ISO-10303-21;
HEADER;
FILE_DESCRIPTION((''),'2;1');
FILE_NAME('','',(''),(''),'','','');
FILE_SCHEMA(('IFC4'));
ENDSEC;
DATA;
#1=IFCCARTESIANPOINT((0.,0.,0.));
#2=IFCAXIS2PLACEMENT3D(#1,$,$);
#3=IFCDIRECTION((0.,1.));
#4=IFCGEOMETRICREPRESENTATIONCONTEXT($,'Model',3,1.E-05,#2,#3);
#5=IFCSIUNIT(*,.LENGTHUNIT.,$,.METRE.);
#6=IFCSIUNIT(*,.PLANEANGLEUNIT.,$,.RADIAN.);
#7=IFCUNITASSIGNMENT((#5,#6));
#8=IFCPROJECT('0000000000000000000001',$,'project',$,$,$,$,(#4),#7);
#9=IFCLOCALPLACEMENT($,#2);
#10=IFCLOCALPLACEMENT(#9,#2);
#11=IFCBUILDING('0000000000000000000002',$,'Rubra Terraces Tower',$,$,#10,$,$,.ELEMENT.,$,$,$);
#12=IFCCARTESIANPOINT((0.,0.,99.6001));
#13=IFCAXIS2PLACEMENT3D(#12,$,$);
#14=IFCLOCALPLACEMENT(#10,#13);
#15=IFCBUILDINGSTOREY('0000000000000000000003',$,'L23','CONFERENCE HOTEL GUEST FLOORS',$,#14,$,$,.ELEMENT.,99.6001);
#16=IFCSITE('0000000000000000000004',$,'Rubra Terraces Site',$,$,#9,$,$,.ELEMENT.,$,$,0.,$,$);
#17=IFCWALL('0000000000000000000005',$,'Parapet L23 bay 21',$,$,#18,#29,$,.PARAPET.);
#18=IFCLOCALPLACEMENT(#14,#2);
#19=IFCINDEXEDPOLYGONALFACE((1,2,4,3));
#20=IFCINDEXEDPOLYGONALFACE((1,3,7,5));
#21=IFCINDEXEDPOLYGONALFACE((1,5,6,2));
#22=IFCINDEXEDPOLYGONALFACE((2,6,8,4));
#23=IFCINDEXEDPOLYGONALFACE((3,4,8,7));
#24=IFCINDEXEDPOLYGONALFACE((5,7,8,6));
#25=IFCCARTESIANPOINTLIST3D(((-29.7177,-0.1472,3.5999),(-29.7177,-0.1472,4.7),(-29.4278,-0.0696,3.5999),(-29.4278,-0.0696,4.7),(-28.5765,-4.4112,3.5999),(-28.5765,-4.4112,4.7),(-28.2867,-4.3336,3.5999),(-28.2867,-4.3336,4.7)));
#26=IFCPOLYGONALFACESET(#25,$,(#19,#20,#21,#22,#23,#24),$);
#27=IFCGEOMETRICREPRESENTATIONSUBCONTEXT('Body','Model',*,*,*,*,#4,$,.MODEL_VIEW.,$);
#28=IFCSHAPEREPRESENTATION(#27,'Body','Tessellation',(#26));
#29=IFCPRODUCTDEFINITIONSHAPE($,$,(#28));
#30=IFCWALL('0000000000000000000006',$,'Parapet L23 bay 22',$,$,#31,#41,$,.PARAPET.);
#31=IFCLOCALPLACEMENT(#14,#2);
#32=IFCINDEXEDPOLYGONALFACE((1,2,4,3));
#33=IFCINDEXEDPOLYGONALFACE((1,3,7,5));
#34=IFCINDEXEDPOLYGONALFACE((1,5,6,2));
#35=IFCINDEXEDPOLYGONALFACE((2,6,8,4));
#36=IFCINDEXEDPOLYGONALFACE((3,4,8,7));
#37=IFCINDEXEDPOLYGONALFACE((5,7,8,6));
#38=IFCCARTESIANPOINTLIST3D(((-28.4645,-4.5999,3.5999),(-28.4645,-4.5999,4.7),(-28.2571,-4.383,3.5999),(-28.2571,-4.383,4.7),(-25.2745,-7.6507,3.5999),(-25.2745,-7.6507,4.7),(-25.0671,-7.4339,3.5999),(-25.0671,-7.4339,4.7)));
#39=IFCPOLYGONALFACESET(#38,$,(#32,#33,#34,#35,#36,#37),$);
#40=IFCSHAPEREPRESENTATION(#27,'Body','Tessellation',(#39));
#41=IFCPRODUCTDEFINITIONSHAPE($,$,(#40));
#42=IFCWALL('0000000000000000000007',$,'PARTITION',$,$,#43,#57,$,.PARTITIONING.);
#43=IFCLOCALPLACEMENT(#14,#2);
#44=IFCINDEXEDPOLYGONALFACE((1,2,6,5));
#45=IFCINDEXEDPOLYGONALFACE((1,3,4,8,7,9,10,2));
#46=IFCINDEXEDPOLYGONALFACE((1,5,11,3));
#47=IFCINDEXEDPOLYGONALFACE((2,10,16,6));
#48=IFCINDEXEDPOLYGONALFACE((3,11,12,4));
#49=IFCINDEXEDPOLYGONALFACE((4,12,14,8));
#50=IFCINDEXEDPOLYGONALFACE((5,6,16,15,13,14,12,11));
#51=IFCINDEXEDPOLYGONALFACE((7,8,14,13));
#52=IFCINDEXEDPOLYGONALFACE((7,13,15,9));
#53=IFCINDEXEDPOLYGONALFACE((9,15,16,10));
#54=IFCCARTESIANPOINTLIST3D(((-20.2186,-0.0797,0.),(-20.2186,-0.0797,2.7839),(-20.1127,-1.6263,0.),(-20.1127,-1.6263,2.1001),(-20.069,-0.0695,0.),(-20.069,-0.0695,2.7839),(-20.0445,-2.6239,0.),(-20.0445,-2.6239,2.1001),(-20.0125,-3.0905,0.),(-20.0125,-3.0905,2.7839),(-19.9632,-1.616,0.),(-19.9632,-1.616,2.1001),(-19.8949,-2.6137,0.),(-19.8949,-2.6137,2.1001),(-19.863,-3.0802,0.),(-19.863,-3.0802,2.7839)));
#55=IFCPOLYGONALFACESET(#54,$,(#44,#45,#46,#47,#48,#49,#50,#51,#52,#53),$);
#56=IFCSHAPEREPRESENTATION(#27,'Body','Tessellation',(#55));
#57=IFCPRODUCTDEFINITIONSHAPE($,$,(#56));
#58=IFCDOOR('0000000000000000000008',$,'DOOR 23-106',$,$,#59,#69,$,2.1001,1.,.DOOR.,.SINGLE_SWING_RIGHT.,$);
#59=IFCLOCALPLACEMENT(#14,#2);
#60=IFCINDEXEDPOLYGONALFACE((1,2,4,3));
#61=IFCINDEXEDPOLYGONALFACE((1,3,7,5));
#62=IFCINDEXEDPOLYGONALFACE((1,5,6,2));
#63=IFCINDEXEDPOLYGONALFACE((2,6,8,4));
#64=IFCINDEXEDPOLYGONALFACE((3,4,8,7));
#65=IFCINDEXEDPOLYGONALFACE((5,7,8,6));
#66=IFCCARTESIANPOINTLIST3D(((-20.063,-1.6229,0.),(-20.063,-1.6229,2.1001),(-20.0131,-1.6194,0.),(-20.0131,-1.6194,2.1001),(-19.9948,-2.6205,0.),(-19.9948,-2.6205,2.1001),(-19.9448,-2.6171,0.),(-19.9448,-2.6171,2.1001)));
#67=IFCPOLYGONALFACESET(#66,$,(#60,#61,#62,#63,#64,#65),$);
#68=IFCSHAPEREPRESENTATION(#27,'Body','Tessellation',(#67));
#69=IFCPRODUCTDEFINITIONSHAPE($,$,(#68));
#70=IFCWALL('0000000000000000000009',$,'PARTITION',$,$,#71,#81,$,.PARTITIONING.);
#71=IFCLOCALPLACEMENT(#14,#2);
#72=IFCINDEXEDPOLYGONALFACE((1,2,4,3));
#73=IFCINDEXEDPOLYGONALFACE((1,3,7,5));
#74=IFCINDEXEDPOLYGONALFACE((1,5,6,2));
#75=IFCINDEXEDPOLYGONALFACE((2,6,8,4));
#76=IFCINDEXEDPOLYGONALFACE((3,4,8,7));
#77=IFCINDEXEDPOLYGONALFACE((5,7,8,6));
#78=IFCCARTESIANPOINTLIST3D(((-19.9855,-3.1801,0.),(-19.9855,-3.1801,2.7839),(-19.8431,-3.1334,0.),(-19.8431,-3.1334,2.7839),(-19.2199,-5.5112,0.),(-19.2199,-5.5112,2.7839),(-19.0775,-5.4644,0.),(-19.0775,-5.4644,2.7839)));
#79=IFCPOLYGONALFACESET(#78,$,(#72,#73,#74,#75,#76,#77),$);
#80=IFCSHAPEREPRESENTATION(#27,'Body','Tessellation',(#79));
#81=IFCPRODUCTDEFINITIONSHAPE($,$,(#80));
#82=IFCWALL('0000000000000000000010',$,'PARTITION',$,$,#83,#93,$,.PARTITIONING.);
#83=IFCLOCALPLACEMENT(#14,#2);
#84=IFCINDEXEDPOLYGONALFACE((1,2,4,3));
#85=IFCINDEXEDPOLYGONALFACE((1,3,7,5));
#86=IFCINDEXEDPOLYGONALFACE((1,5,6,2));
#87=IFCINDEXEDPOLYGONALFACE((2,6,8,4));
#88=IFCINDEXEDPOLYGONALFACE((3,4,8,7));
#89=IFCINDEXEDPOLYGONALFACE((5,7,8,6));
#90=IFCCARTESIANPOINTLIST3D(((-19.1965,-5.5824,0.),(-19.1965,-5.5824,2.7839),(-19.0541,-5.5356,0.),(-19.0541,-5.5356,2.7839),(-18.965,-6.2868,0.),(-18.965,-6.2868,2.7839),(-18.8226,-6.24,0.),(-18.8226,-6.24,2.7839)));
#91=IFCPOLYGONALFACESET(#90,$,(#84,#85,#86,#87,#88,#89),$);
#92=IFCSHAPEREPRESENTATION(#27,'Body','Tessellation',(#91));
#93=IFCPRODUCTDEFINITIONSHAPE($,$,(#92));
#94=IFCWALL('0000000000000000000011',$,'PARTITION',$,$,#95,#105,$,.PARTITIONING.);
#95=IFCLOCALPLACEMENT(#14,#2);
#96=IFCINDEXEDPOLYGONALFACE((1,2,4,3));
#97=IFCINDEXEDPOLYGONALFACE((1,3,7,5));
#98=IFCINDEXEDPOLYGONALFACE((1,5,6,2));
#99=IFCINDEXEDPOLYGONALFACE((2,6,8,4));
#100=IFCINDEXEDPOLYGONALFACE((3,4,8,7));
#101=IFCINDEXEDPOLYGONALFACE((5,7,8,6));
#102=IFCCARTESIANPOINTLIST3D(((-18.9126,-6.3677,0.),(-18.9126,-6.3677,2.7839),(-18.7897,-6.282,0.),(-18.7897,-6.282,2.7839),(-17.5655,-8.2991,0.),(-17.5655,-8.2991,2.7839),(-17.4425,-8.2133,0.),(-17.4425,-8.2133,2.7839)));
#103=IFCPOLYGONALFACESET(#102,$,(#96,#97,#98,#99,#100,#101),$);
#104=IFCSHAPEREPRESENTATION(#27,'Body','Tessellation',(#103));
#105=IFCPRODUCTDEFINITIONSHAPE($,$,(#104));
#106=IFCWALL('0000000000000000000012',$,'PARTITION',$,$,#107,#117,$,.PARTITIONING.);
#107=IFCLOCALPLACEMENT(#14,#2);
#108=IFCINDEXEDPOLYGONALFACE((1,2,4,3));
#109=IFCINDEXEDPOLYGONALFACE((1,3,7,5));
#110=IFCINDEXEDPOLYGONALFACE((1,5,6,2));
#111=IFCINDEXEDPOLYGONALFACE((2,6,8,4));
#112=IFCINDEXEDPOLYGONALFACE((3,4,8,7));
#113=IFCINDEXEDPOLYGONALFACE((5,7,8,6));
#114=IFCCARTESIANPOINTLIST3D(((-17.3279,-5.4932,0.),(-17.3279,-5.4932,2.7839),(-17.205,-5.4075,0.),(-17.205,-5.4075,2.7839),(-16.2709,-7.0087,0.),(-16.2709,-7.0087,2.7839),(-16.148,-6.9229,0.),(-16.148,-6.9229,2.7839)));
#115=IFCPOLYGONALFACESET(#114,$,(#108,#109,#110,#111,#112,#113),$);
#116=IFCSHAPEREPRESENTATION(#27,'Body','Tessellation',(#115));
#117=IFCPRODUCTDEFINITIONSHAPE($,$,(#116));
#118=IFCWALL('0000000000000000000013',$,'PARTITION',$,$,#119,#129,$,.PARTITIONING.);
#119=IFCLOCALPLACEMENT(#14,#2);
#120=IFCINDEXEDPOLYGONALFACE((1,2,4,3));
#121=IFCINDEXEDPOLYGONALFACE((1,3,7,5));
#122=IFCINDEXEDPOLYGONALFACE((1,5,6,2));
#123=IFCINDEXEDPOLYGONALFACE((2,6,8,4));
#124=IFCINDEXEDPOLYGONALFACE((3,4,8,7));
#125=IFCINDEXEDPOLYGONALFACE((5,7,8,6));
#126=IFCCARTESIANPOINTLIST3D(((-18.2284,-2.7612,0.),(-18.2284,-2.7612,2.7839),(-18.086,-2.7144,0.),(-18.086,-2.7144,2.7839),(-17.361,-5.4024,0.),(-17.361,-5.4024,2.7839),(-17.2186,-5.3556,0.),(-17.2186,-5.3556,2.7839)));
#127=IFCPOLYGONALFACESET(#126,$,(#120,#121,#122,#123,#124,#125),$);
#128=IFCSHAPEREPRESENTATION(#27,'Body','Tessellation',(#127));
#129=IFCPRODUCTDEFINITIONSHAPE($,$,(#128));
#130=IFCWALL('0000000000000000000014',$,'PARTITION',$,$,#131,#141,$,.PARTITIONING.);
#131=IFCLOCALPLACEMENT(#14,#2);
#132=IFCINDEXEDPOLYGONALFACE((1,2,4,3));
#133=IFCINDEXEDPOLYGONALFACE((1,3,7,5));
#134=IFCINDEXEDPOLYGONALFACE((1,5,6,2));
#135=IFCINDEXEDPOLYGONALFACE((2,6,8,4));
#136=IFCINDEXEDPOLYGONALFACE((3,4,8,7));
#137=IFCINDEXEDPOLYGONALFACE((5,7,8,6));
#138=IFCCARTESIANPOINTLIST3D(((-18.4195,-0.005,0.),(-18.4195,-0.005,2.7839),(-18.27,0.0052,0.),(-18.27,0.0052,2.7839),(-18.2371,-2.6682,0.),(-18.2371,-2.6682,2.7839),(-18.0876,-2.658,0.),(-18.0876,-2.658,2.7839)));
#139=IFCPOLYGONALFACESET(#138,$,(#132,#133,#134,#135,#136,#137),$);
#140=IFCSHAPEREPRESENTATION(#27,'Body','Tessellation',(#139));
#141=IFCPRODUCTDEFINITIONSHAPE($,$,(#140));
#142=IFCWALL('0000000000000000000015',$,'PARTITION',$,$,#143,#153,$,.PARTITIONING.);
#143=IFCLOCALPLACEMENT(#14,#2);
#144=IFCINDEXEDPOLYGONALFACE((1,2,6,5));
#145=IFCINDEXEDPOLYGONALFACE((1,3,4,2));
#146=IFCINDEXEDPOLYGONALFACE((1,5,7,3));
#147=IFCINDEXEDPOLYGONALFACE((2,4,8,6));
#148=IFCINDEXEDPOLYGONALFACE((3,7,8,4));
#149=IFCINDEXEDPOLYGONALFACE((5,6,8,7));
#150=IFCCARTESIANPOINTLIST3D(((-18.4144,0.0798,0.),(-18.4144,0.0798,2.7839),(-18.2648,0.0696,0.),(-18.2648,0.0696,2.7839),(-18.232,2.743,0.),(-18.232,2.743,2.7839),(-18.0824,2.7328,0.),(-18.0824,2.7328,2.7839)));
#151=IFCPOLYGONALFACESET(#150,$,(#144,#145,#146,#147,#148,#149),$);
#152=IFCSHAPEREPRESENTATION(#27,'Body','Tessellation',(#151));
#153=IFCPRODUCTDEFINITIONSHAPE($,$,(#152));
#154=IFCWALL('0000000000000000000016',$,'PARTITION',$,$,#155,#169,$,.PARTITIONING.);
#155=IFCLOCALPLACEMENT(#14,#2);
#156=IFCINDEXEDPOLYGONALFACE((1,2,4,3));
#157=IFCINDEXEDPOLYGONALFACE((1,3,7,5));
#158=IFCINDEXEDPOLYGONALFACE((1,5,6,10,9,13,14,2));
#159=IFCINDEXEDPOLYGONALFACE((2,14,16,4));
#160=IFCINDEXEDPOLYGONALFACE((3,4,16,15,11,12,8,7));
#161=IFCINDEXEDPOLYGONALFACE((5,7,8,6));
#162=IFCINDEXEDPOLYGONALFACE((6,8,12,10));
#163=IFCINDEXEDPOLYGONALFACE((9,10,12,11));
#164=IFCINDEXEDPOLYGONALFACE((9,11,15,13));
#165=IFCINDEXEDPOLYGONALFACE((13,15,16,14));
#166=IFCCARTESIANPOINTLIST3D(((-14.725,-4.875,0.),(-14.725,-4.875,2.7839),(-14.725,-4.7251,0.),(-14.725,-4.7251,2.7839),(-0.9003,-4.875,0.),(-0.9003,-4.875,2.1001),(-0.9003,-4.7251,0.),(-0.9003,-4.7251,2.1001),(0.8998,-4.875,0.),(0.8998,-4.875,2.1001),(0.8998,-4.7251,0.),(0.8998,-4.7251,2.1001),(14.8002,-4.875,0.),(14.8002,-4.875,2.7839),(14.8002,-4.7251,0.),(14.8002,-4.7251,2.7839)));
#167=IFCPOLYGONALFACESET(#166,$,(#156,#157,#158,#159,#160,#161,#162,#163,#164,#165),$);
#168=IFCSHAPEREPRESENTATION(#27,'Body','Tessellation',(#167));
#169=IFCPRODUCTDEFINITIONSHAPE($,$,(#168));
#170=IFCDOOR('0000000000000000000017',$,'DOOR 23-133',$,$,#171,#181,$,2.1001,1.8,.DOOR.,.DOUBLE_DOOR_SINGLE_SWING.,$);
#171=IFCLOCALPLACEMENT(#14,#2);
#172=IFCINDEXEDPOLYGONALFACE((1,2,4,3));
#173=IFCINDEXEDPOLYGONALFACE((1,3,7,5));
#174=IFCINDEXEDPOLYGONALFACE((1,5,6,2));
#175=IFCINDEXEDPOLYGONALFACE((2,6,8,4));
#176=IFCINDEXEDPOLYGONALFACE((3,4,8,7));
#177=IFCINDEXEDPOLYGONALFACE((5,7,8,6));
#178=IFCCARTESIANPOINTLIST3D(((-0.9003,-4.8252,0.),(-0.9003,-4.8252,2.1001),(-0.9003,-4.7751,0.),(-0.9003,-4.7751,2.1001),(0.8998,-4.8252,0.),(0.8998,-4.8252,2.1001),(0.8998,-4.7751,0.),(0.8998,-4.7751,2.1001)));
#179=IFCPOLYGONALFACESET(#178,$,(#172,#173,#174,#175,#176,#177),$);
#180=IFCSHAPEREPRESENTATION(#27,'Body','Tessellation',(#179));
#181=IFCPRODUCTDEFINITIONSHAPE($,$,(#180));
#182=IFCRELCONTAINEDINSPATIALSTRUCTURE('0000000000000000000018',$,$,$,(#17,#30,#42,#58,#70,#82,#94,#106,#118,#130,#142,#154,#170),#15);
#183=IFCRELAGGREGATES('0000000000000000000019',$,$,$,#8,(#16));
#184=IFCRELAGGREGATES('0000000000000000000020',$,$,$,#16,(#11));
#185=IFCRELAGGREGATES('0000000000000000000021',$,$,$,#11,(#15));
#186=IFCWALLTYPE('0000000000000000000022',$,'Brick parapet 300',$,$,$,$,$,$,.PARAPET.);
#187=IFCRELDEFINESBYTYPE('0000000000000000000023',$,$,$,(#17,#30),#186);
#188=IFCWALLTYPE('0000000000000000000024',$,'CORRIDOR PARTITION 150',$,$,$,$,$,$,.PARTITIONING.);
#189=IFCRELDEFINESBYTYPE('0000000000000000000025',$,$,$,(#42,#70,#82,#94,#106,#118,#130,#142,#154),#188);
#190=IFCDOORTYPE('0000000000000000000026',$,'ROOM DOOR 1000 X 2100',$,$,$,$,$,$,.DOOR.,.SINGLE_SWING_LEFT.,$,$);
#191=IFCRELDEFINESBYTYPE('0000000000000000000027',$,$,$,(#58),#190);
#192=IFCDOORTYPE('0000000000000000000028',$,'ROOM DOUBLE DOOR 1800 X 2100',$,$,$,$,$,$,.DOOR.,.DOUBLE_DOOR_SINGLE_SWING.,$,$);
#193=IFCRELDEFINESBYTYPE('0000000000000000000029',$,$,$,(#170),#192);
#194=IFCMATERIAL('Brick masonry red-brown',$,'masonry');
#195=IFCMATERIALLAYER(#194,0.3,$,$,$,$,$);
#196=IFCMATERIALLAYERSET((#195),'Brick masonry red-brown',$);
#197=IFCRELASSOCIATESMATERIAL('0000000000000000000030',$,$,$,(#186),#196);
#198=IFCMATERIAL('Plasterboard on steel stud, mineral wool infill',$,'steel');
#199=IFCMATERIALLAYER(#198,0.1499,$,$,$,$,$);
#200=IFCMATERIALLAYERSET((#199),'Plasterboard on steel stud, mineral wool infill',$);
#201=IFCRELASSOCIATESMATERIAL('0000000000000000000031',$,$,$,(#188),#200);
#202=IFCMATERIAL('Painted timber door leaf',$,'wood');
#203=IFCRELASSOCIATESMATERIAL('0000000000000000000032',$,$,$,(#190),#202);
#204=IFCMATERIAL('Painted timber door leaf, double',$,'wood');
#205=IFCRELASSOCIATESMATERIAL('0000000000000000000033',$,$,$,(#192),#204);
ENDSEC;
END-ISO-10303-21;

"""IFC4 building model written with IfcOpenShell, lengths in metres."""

from ifc_helpers import new_model, si_unit, direction, frame, frame_2d, origin, place, context, subcontext, project, spatial, rectangle, extrude, material, layer, layer_set, type_object, element, fill, save


model = new_model("IFC4")

# Units and contexts
model_context = context("Model", 3, precision=1e-05, world=origin(), true_north=direction((0.0, 1.0)))
body_context = subcontext(model_context, "Body", "Model", "MODEL_VIEW")
ifc_project = project(units=[si_unit("LENGTHUNIT", "METRE"), si_unit("PLANEANGLEUNIT", "RADIAN")], contexts=[model_context])

# Site, building, storey
site_placement = place(None, origin())
site = spatial("IfcSite", under=ifc_project, at=site_placement, Name="Rubra Terraces Site", CompositionType="ELEMENT", RefElevation=0.0)
building_placement = place(site_placement, origin())
building = spatial("IfcBuilding", under=site, at=building_placement, Name="Rubra Terraces Tower", CompositionType="ELEMENT")
storey_placement = place(building_placement, frame((0.0, 0.0, 99.6001)))
storey = spatial("IfcBuildingStorey", under=building, at=storey_placement, Name="L23", Description="CONFERENCE HOTEL GUEST FLOORS", CompositionType="ELEMENT", Elevation=99.6001)

# Shared definitions
ifc_material_1 = material(Name="Brick masonry red-brown", Category="masonry")

# Walls
ifc_layer_1 = layer(ifc_material_1, 0.3)
ifc_layer_set_1 = layer_set([ifc_layer_1], Name="Brick masonry red-brown")
wall_type_1 = type_object("IfcWallType", Name="Brick parapet 300", PredefinedType="PARAPET", material=ifc_layer_set_1)
for number, where, z_axis, x_axis, name in (
    (1, (-29.5728, -0.1084, 3.5999), (0.0, 0.0, 1.0), (0.258523, -0.966005, 0.0), "Parapet L23 bay 21"),
    (2, (-28.3608, -4.4915, 3.5999), (0.0, 0.0, 1.0), (0.722695, -0.691167, 0.0), "Parapet L23 bay 22"),
):
    element("IfcWall", number, at=place(storey_placement, frame(where, z_axis=z_axis, x_axis=x_axis)), inside=storey, type_object=wall_type_1, Name=name, PredefinedType="PARAPET", context=body_context, shape_type="SweptSolid", body=[
        extrude(rectangle(XDim=4.4141, YDim=0.3, at=frame_2d((2.207, 0.0))), origin(), (0.0, 0.0, 1.0), 1.1001),
    ])

# Wall, opening, door
ifc_material_2 = material(Name="Plasterboard on steel stud, mineral wool infill", Category="steel")
ifc_layer_2 = layer(ifc_material_2, 0.1499)
ifc_layer_set_2 = layer_set([ifc_layer_2], Name="Plasterboard on steel stud, mineral wool infill")
wall_type_2 = type_object("IfcWallType", Name="CORRIDOR PARTITION 150", PredefinedType="PARTITIONING", material=ifc_layer_set_2)
wall_1_placement = place(storey_placement, frame((-20.1438, -0.0747, 0.0), z_axis=(0.0, 0.0, 1.0), x_axis=(0.06828, -0.997666, 0.0)))
wall_1 = element("IfcWall", 3, at=wall_1_placement, inside=storey, type_object=wall_type_2, Name="PARTITION", PredefinedType="PARTITIONING", context=body_context, shape_type="SweptSolid", body=[
    extrude(rectangle(XDim=3.0178, YDim=0.1499, at=frame_2d((1.5088, 0.0))), origin(), (0.0, 0.0, 1.0), 2.7839),
])
opening_1_placement = place(wall_1_placement, frame((1.55, 0.0, 0.0)))
opening_1 = element("IfcOpeningElement", 4, at=opening_1_placement, cuts=wall_1, PredefinedType="OPENING", context=body_context, shape_type="SweptSolid", body=[
    extrude(rectangle(XDim=1.0, YDim=2.1001, at=frame_2d((0.5, 1.05))), frame((0.0, 0.085, 0.0), z_axis=(0.0, -1.0, 0.0), x_axis=(1.0, 0.0, 0.0)), (0.0, 0.0, 1.0), 0.1699),
])
ifc_material_3 = material(Name="Painted timber door leaf", Category="wood")
door_type_1 = type_object("IfcDoorType", Name="ROOM DOOR 1000 X 2100", OperationType="SINGLE_SWING_LEFT", PredefinedType="DOOR", material=ifc_material_3)
door_1_placement = place(opening_1_placement, origin())
door_1 = element("IfcDoor", 5, at=door_1_placement, inside=storey, type_object=door_type_1, Name="DOOR 23-106", OperationType="SINGLE_SWING_RIGHT", OverallHeight=2.1001, OverallWidth=1.0, PredefinedType="DOOR", context=body_context, shape_type="SweptSolid", body=[
    extrude(rectangle(XDim=1.0, YDim=2.1001, at=frame_2d((0.5, 1.05))), frame((0.0, 0.0249, 0.0), z_axis=(0.0, -1.0, 0.0), x_axis=(1.0, 0.0, 0.0)), (0.0, 0.0, 1.0), 0.05),
])
fill(opening_1, door_1)

# Walls
wall_2_placement = place(storey_placement, frame((-19.9143, -3.1567, 0.0), z_axis=(0.0, 0.0, 1.0), x_axis=(0.312046, -0.950067, 0.0)))
element("IfcWall", 6, at=wall_2_placement, inside=storey, type_object=wall_type_2, Name="PARTITION", PredefinedType="PARTITIONING", context=body_context, shape_type="SweptSolid", body=[
    extrude(rectangle(XDim=2.4536, YDim=0.1499, at=frame_2d((1.2268, 0.0))), origin(), (0.0, 0.0, 1.0), 2.7839),
])
wall_3_placement = place(storey_placement, frame((-19.1252, -5.5591, 0.0), z_axis=(0.0, 0.0, 1.0), x_axis=(0.312175, -0.950025, 0.0)))
element("IfcWall", 7, at=wall_3_placement, inside=storey, type_object=wall_type_2, Name="PARTITION", PredefinedType="PARTITIONING", context=body_context, shape_type="SweptSolid", body=[
    extrude(rectangle(XDim=0.7415, YDim=0.1499, at=frame_2d((0.3706, 0.0))), origin(), (0.0, 0.0, 1.0), 2.7839),
])
wall_4_placement = place(storey_placement, frame((-18.8511, -6.325, 0.0), z_axis=(0.0, 0.0, 1.0), x_axis=(0.572091, -0.82019, 0.0)))
element("IfcWall", 8, at=wall_4_placement, inside=storey, type_object=wall_type_2, Name="PARTITION", PredefinedType="PARTITIONING", context=body_context, shape_type="SweptSolid", body=[
    extrude(rectangle(XDim=2.3547, YDim=0.1499, at=frame_2d((1.1772, 0.0))), origin(), (0.0, 0.0, 1.0), 2.7839),
])
wall_5_placement = place(storey_placement, frame((-16.2095, -6.9658, 0.0), z_axis=(0.0, 0.0, 1.0), x_axis=(-0.572051, 0.820218, 0.0)))
element("IfcWall", 9, at=wall_5_placement, inside=storey, type_object=wall_type_2, Name="PARTITION", PredefinedType="PARTITIONING", context=body_context, shape_type="SweptSolid", body=[
    extrude(rectangle(XDim=1.8477, YDim=0.1499, at=frame_2d((0.9238, 0.0))), origin(), (0.0, 0.0, 1.0), 2.7839),
])
wall_6_placement = place(storey_placement, frame((-17.2898, -5.3792, 0.0), z_axis=(0.0, 0.0, 1.0), x_axis=(-0.312009, 0.950079, 0.0)))
element("IfcWall", 10, at=wall_6_placement, inside=storey, type_object=wall_type_2, Name="PARTITION", PredefinedType="PARTITIONING", context=body_context, shape_type="SweptSolid", body=[
    extrude(rectangle(XDim=2.78, YDim=0.1499, at=frame_2d((1.3901, 0.0))), origin(), (0.0, 0.0, 1.0), 2.7839),
])
for number, where, z_axis, x_axis, name in (
    (11, (-18.1624, -2.6631, 0.0), (0.0, 0.0, 1.0), (-0.068322, 0.997663, 0.0), "PARTITION"),
    (12, (-18.3396, 0.0747, 0.0), (0.0, 0.0, 1.0), (0.068322, 0.997663, 0.0), "PARTITION"),
):
    element("IfcWall", number, at=place(storey_placement, frame(where, z_axis=z_axis, x_axis=x_axis)), inside=storey, type_object=wall_type_2, Name=name, PredefinedType="PARTITIONING", context=body_context, shape_type="SweptSolid", body=[
        extrude(rectangle(XDim=2.6694, YDim=0.1499, at=frame_2d((1.3347, 0.0))), origin(), (0.0, 0.0, 1.0), 2.7839),
    ])

# Wall, opening, door
wall_7_placement = place(storey_placement, frame((-14.7251, -4.8, 0.0), z_axis=(0.0, 0.0, 1.0), x_axis=(1.0, 0.0, 0.0)))
wall_7 = element("IfcWall", 13, at=wall_7_placement, inside=storey, type_object=wall_type_2, Name="PARTITION", PredefinedType="PARTITIONING", context=body_context, shape_type="SweptSolid", body=[
    extrude(rectangle(XDim=29.5251, YDim=0.1499, at=frame_2d((14.7627, 0.0))), origin(), (0.0, 0.0, 1.0), 2.7839),
])
opening_2_placement = place(wall_7_placement, frame((13.825, 0.0, 0.0)))
opening_2 = element("IfcOpeningElement", 14, at=opening_2_placement, cuts=wall_7, PredefinedType="OPENING", context=body_context, shape_type="SweptSolid", body=[
    extrude(rectangle(XDim=1.8, YDim=2.1001, at=frame_2d((0.8999, 1.05))), frame((0.0, 0.085, 0.0), z_axis=(0.0, -1.0, 0.0), x_axis=(1.0, 0.0, 0.0)), (0.0, 0.0, 1.0), 0.1699),
])
ifc_material_4 = material(Name="Painted timber door leaf, double", Category="wood")
door_type_2 = type_object("IfcDoorType", Name="ROOM DOUBLE DOOR 1800 X 2100", OperationType="DOUBLE_DOOR_SINGLE_SWING", PredefinedType="DOOR", material=ifc_material_4)
door_2_placement = place(opening_2_placement, origin())
door_2 = element("IfcDoor", 15, at=door_2_placement, inside=storey, type_object=door_type_2, Name="DOOR 23-133", OperationType="DOUBLE_DOOR_SINGLE_SWING", OverallHeight=2.1001, OverallWidth=1.8, PredefinedType="DOOR", context=body_context, shape_type="SweptSolid", body=[
    extrude(rectangle(XDim=1.8, YDim=2.1001, at=frame_2d((0.8999, 1.05))), frame((0.0, 0.0249, 0.0), z_axis=(0.0, -1.0, 0.0), x_axis=(1.0, 0.0, 0.0)), (0.0, 0.0, 1.0), 0.05),
])
fill(opening_2, door_2)

save(model, "model.ifc")
